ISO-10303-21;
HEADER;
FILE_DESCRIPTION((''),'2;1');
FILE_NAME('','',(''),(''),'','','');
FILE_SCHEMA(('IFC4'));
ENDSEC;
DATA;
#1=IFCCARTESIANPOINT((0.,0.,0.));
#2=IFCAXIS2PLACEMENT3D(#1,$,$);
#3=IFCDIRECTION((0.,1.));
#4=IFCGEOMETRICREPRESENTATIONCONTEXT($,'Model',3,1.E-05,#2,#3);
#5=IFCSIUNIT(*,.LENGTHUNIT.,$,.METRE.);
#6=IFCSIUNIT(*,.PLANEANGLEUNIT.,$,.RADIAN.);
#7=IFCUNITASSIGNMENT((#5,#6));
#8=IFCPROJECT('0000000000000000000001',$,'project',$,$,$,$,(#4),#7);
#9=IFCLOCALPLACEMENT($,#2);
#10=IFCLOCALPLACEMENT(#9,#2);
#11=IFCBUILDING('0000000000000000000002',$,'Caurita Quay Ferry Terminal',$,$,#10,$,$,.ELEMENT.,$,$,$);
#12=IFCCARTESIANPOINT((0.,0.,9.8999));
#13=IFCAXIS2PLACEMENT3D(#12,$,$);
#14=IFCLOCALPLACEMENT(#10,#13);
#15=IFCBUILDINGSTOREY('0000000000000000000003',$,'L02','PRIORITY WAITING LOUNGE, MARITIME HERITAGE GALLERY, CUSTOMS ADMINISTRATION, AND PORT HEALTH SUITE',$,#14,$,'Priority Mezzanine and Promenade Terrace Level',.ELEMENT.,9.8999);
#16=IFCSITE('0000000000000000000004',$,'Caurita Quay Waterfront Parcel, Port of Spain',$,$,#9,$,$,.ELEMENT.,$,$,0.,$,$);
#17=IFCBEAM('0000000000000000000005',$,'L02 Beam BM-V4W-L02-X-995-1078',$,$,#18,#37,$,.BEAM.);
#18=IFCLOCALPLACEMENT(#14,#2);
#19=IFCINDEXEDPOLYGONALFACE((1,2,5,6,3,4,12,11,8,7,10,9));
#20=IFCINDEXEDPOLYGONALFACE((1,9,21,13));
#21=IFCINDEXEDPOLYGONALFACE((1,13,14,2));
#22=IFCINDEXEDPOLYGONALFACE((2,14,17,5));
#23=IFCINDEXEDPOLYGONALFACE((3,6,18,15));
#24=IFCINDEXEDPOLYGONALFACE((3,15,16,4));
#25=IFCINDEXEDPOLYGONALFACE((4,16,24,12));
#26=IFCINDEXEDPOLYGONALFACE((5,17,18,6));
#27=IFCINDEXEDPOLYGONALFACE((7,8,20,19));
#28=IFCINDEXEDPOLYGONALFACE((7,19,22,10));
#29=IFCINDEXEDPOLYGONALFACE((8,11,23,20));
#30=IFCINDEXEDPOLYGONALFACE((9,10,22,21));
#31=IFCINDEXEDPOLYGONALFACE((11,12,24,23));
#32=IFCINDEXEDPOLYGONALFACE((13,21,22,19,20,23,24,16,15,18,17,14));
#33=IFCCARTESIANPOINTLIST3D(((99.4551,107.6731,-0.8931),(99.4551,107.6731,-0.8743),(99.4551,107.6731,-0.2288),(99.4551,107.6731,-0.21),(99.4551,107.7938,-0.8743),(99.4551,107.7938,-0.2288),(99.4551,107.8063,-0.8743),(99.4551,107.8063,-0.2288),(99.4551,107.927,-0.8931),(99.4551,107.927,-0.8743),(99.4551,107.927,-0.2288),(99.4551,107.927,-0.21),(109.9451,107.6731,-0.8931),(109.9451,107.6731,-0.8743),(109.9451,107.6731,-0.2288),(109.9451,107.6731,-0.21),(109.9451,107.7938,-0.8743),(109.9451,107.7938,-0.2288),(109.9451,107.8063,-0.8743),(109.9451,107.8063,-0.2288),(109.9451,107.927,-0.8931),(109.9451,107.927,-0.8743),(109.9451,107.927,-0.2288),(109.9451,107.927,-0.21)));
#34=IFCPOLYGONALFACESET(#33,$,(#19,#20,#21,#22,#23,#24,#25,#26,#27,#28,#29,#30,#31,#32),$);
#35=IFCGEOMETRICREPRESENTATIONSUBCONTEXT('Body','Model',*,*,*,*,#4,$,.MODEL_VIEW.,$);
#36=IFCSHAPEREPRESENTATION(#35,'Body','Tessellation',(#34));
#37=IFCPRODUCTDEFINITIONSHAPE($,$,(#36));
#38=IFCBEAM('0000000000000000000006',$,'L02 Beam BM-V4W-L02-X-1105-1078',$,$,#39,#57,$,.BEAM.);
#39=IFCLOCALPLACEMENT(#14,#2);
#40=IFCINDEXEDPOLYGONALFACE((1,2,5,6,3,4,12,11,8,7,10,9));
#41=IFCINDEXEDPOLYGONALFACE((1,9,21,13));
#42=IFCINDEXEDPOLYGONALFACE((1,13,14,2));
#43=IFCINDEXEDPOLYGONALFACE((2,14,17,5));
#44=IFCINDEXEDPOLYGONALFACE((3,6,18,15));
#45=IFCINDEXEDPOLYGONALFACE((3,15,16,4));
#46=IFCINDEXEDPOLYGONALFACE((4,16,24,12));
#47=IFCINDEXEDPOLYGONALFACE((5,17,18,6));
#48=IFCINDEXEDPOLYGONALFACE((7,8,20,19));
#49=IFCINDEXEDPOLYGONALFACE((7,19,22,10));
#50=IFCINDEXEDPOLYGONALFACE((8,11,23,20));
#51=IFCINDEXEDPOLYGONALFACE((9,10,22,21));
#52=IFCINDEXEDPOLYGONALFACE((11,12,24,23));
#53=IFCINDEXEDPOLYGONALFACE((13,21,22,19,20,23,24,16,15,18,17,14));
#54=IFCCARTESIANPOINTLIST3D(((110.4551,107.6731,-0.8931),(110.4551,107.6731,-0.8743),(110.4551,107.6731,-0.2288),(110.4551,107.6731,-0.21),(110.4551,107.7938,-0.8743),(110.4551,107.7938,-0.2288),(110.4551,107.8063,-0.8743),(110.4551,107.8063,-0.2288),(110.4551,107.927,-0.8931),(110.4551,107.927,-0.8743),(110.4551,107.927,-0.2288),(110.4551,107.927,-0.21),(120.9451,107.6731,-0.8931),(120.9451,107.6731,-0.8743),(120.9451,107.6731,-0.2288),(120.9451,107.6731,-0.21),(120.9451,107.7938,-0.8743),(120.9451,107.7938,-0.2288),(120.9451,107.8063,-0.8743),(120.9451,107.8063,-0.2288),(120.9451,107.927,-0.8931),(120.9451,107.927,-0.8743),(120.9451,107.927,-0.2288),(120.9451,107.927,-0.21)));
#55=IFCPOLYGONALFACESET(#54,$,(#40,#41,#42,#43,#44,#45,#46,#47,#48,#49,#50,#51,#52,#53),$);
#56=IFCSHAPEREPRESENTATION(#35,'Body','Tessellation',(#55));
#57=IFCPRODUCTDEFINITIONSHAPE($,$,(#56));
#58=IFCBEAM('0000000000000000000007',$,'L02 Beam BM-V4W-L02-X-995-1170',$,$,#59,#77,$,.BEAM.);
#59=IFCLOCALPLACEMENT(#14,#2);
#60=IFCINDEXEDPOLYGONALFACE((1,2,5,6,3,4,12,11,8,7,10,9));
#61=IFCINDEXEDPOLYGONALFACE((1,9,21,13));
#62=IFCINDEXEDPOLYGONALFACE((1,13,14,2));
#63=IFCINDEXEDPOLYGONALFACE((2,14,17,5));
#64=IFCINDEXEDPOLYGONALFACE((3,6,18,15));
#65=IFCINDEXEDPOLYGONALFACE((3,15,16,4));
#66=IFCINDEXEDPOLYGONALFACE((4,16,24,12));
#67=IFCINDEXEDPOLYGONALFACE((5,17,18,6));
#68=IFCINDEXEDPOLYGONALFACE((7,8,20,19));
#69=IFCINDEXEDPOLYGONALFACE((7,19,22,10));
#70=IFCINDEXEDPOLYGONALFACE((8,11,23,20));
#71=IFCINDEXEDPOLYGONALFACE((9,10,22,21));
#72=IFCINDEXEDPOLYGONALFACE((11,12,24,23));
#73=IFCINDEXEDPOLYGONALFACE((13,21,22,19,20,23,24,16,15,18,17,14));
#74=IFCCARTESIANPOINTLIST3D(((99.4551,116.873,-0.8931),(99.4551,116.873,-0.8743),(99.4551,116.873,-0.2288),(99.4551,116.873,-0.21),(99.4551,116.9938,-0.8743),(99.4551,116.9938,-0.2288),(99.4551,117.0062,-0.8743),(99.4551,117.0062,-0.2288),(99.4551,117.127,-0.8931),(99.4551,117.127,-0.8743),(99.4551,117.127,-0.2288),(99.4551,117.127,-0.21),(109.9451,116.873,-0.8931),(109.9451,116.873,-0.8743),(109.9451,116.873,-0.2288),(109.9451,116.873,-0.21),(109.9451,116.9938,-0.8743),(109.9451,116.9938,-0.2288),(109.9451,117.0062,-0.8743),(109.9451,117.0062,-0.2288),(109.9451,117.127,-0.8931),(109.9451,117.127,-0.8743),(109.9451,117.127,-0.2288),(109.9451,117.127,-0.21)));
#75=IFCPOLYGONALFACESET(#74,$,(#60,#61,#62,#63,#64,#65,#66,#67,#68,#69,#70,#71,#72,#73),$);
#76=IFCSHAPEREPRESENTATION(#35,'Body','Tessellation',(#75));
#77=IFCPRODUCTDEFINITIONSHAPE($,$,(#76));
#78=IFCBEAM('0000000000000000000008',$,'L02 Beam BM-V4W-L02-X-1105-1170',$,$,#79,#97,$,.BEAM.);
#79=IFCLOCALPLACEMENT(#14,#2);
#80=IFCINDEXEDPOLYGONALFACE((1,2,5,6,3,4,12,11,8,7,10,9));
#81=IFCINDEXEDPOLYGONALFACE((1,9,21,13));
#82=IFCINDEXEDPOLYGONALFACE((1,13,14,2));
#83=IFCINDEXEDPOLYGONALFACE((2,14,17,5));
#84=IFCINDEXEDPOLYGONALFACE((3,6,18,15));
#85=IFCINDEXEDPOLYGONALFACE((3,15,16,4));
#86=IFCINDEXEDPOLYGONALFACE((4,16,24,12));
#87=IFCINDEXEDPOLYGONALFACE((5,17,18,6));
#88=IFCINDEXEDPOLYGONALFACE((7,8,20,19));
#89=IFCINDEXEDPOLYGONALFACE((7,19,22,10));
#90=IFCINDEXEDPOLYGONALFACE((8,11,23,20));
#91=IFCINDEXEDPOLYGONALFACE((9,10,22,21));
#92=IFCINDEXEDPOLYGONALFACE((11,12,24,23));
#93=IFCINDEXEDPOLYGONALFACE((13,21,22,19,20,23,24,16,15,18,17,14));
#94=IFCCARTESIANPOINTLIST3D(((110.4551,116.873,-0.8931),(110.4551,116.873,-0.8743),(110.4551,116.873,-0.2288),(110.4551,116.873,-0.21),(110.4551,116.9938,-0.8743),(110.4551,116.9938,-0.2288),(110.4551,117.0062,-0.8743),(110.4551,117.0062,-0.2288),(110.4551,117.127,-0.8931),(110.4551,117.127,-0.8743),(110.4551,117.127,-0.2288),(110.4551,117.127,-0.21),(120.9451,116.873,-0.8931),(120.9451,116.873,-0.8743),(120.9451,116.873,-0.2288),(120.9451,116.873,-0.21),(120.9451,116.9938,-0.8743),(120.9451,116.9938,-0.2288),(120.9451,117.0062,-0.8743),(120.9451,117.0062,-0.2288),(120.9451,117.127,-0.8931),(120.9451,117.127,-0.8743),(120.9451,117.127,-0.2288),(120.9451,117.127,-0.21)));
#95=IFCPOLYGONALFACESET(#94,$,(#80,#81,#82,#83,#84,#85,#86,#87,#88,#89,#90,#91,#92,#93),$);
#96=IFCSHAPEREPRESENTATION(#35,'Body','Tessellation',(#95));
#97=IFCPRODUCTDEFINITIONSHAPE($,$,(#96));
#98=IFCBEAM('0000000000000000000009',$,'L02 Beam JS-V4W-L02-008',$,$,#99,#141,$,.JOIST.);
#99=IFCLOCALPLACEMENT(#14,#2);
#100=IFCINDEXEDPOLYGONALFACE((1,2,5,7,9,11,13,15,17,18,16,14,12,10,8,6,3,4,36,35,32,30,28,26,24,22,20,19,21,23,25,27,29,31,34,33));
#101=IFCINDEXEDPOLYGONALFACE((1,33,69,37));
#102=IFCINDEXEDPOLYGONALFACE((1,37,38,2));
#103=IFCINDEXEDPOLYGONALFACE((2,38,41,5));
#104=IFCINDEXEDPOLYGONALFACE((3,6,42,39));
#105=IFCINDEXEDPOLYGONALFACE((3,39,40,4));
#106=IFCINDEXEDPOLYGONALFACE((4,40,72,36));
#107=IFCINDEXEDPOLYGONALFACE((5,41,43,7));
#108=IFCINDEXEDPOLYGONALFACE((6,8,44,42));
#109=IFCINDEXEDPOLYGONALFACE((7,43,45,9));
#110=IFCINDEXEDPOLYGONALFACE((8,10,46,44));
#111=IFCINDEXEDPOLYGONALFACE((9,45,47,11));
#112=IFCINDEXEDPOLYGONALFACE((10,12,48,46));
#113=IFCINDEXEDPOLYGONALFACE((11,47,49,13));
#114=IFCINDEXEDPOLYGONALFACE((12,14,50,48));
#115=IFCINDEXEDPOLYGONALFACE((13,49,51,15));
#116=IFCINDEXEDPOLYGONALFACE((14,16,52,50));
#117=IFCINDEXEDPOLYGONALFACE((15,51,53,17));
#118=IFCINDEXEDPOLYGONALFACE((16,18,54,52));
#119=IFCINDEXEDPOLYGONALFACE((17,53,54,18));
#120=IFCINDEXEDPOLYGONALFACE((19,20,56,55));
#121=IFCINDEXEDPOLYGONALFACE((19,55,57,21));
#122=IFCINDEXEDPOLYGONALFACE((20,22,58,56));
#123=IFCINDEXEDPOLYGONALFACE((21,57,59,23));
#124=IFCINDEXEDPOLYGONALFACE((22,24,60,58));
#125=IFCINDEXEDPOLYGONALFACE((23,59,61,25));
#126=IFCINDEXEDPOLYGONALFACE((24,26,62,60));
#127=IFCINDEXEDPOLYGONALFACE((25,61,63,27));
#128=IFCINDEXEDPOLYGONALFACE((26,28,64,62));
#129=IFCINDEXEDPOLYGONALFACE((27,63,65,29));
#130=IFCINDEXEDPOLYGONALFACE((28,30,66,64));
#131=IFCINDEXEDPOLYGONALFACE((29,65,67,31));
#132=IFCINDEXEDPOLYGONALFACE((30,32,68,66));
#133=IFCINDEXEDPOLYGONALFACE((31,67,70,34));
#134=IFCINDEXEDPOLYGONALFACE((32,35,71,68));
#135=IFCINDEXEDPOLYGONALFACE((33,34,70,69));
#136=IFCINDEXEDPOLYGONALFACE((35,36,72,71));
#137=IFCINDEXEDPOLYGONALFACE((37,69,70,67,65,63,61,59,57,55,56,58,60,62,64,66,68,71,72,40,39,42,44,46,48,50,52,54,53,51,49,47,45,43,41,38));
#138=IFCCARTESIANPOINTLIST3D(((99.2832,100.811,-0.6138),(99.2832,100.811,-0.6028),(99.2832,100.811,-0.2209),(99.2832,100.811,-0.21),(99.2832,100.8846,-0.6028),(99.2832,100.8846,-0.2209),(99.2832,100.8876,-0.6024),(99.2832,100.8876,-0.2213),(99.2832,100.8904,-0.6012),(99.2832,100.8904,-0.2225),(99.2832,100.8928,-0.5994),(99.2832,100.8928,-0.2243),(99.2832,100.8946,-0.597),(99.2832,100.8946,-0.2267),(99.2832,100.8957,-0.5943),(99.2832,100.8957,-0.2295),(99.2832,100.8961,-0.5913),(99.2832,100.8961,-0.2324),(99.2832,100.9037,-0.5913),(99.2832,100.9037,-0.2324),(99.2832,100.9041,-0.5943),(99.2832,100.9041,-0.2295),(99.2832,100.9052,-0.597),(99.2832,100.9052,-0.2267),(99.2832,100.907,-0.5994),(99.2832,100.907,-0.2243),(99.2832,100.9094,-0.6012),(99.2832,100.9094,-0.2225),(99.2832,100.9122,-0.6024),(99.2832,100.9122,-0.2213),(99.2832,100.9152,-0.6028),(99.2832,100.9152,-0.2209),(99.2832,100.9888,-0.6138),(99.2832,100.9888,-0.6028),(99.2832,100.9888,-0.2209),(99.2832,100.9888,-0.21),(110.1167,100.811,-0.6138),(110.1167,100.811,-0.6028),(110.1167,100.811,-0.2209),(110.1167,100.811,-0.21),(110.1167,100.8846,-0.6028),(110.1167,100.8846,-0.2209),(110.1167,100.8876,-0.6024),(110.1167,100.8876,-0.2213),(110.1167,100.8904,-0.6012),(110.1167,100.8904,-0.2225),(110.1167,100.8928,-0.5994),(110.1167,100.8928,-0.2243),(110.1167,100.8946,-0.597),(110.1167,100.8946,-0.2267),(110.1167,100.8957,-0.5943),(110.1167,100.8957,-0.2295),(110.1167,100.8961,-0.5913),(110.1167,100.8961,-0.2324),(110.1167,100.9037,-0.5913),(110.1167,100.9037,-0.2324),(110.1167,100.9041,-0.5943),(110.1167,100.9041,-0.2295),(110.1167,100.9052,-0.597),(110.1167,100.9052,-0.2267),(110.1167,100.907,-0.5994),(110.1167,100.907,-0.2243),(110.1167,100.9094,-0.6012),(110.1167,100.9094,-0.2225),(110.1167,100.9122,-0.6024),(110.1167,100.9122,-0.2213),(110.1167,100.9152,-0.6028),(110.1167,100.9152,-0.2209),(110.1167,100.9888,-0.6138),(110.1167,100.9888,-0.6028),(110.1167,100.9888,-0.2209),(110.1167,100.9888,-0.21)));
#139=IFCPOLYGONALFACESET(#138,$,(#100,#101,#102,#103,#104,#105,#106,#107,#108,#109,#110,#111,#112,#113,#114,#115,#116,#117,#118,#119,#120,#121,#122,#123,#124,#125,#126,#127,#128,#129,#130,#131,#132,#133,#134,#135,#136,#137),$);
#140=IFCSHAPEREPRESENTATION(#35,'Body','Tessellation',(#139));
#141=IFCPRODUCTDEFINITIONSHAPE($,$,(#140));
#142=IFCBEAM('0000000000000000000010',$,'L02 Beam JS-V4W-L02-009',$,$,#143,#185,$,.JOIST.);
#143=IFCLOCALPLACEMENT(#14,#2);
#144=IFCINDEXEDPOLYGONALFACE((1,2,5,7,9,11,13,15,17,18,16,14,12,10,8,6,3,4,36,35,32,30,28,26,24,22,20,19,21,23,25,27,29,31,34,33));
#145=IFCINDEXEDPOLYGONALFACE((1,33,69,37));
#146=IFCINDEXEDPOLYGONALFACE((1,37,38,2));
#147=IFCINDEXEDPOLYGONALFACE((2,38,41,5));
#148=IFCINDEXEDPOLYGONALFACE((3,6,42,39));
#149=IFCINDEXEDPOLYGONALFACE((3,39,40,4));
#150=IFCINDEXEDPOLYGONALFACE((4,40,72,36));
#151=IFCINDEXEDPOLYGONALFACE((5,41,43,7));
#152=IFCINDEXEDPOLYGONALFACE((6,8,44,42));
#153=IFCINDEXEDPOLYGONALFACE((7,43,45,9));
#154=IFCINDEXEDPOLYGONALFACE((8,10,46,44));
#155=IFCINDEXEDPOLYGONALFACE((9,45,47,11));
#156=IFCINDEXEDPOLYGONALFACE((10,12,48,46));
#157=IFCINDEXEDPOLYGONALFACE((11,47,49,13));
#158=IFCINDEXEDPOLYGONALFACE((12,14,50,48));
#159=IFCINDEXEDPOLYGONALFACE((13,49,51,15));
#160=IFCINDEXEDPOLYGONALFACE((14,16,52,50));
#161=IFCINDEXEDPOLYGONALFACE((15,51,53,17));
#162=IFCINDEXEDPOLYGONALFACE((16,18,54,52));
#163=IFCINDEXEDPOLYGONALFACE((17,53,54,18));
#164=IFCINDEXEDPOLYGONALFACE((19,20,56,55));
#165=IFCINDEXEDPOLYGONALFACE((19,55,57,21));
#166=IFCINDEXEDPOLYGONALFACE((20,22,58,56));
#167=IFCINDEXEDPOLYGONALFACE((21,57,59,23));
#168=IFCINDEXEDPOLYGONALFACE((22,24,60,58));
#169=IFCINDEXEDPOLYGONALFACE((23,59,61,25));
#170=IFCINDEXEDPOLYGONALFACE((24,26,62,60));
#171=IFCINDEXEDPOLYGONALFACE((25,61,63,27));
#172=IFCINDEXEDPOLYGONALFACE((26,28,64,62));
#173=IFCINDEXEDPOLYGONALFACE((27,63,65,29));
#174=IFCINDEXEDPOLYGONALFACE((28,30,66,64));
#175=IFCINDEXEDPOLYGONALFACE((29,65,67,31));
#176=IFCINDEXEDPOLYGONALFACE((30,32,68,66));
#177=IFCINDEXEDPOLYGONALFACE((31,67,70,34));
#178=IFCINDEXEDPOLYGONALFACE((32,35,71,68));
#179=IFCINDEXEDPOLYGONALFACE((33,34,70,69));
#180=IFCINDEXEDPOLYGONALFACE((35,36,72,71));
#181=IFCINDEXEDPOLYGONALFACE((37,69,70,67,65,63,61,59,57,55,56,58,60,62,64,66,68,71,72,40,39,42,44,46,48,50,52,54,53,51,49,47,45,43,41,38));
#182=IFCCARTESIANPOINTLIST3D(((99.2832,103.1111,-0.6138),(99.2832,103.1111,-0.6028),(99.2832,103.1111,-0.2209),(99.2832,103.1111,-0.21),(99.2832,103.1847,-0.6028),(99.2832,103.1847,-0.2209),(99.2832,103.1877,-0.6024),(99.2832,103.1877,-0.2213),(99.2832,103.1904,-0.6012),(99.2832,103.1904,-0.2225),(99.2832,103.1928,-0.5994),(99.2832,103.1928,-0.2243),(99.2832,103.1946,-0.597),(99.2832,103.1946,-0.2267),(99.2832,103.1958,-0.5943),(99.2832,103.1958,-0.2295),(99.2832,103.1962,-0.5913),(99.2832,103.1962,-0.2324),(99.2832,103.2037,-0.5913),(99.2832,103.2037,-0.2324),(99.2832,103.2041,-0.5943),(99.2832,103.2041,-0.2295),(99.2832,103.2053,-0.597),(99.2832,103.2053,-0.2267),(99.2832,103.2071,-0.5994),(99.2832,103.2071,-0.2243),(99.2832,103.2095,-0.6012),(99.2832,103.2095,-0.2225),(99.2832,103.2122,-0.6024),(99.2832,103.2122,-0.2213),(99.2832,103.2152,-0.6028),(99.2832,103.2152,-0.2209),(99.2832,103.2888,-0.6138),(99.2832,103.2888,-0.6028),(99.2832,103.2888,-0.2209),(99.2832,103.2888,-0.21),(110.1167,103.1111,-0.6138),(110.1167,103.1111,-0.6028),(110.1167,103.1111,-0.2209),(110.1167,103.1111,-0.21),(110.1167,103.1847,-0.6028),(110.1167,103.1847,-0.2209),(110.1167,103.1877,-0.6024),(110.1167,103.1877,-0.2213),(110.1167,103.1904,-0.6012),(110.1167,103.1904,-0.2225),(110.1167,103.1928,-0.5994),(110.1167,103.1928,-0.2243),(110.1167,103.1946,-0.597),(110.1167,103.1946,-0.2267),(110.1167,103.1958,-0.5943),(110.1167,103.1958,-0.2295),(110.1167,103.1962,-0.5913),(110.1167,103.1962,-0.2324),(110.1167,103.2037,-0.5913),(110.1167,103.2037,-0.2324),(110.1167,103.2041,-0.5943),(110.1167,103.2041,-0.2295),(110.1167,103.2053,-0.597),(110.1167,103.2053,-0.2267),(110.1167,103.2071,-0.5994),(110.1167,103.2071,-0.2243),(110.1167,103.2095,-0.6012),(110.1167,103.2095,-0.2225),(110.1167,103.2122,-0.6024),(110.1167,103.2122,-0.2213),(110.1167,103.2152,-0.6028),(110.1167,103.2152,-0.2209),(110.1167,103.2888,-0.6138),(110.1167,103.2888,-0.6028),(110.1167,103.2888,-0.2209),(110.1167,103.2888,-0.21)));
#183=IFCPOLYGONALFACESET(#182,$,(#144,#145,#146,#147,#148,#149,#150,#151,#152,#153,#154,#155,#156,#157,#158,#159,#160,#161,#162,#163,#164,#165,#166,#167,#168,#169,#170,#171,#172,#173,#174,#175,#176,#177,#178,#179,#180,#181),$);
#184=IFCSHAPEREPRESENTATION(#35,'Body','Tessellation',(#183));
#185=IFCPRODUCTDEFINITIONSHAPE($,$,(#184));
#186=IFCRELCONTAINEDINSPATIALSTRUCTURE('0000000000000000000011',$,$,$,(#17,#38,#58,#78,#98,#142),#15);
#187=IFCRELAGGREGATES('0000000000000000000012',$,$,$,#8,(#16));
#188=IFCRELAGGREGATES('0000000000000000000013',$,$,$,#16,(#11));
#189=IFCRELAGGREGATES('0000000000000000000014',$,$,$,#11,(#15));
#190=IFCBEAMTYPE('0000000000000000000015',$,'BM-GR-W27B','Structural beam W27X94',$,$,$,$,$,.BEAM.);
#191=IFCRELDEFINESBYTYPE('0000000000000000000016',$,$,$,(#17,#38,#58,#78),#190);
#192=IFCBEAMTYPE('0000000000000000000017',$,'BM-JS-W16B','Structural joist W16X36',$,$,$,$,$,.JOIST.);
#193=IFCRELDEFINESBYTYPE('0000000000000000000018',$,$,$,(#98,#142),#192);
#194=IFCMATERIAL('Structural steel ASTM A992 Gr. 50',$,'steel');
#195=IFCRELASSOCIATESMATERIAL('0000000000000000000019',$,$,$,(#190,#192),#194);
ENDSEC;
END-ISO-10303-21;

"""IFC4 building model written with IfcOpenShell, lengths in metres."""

from ifc_helpers import new_model, si_unit, direction, frame, origin, origin_2d, place, context, subcontext, project, spatial, i_section, extrude, material, material_profile, profile_set, type_object, element, save


model = new_model("IFC4")

# Units and contexts
model_context = context("Model", 3, precision=1e-05, world=origin(), true_north=direction((0.0, 1.0)))
body_context = subcontext(model_context, "Body", "Model", "MODEL_VIEW")
ifc_project = project(units=[si_unit("LENGTHUNIT", "METRE"), si_unit("PLANEANGLEUNIT", "RADIAN")], contexts=[model_context])

# Site, building, storey
site_placement = place(None, origin())
site = spatial("IfcSite", under=ifc_project, at=site_placement, Name="Caurita Quay Waterfront Parcel, Port of Spain", CompositionType="ELEMENT", RefElevation=0.0)
building_placement = place(site_placement, origin())
building = spatial("IfcBuilding", under=site, at=building_placement, Name="Caurita Quay Ferry Terminal", CompositionType="ELEMENT")
storey_placement = place(building_placement, frame((0.0, 0.0, 9.8999)))
storey = spatial("IfcBuildingStorey", under=building, at=storey_placement, Name="L02", Description="PRIORITY WAITING LOUNGE, MARITIME HERITAGE GALLERY, CUSTOMS ADMINISTRATION, AND PORT HEALTH SUITE", LongName="Priority Mezzanine and Promenade Terrace Level", CompositionType="ELEMENT", Elevation=9.8999)

# Beams
ifc_material_1 = material(Name="Structural steel ASTM A992 Gr. 50", Category="steel")
ifc_material_profile_1 = material_profile(ifc_material_1, i_section(OverallWidth=0.2539, OverallDepth=0.6831, WebThickness=0.0125, FlangeThickness=0.0188, at=origin_2d()), Name="W27X94")
ifc_profile_set_1 = profile_set([ifc_material_profile_1], Name="Structural steel ASTM A992 Gr. 50")
beam_type_1 = type_object("IfcBeamType", Name="BM-GR-W27B", Description="Structural beam W27X94", PredefinedType="BEAM", material=ifc_profile_set_1)
for number, where, z_axis, x_axis, name in (
    (1, (99.4551, 107.8, -0.5515), (1.0, 0.0, 0.0), (0.0, 1.0, 0.0), "L02 Beam BM-V4W-L02-X-995-1078"),
    (2, (110.4551, 107.8, -0.5515), (1.0, 0.0, 0.0), (0.0, 1.0, 0.0), "L02 Beam BM-V4W-L02-X-1105-1078"),
    (3, (99.4551, 117.0, -0.5515), (1.0, 0.0, 0.0), (0.0, 1.0, 0.0), "L02 Beam BM-V4W-L02-X-995-1170"),
    (4, (110.4551, 117.0, -0.5515), (1.0, 0.0, 0.0), (0.0, 1.0, 0.0), "L02 Beam BM-V4W-L02-X-1105-1170"),
):
    element("IfcBeam", number, at=place(storey_placement, frame(where, z_axis=z_axis, x_axis=x_axis)), inside=storey, type_object=beam_type_1, Name=name, PredefinedType="BEAM", context=body_context, shape_type="SweptSolid", body=[
        extrude(i_section(OverallWidth=0.2539, OverallDepth=0.6831, WebThickness=0.0125, FlangeThickness=0.0188, at=origin_2d()), origin(), (0.0, 0.0, 1.0), 10.49),
    ])
ifc_material_profile_2 = material_profile(ifc_material_1, i_section(OverallWidth=0.1777, OverallDepth=0.4038, WebThickness=0.0076, FlangeThickness=0.011, FilletRadius=0.0115, at=origin_2d()), Name="W16X36")
ifc_profile_set_2 = profile_set([ifc_material_profile_2], Name="Structural steel ASTM A992 Gr. 50")
beam_type_2 = type_object("IfcBeamType", Name="BM-JS-W16B", Description="Structural joist W16X36", PredefinedType="JOIST", material=ifc_profile_set_2)
for number, where, z_axis, x_axis, name in (
    (5, (99.2832, 100.8999, -0.4119), (1.0, 0.0, 0.0), (0.0, 1.0, 0.0), "L02 Beam JS-V4W-L02-008"),
    (6, (99.2832, 103.2, -0.4119), (1.0, 0.0, 0.0), (0.0, 1.0, 0.0), "L02 Beam JS-V4W-L02-009"),
):
    element("IfcBeam", number, at=place(storey_placement, frame(where, z_axis=z_axis, x_axis=x_axis)), inside=storey, type_object=beam_type_2, Name=name, PredefinedType="JOIST", context=body_context, shape_type="SweptSolid", body=[
        extrude(i_section(OverallWidth=0.1777, OverallDepth=0.4038, WebThickness=0.0076, FlangeThickness=0.011, FilletRadius=0.0115, at=origin_2d()), origin(), (0.0, 0.0, 1.0), 10.8335),
    ])

save(model, "model.ifc")
